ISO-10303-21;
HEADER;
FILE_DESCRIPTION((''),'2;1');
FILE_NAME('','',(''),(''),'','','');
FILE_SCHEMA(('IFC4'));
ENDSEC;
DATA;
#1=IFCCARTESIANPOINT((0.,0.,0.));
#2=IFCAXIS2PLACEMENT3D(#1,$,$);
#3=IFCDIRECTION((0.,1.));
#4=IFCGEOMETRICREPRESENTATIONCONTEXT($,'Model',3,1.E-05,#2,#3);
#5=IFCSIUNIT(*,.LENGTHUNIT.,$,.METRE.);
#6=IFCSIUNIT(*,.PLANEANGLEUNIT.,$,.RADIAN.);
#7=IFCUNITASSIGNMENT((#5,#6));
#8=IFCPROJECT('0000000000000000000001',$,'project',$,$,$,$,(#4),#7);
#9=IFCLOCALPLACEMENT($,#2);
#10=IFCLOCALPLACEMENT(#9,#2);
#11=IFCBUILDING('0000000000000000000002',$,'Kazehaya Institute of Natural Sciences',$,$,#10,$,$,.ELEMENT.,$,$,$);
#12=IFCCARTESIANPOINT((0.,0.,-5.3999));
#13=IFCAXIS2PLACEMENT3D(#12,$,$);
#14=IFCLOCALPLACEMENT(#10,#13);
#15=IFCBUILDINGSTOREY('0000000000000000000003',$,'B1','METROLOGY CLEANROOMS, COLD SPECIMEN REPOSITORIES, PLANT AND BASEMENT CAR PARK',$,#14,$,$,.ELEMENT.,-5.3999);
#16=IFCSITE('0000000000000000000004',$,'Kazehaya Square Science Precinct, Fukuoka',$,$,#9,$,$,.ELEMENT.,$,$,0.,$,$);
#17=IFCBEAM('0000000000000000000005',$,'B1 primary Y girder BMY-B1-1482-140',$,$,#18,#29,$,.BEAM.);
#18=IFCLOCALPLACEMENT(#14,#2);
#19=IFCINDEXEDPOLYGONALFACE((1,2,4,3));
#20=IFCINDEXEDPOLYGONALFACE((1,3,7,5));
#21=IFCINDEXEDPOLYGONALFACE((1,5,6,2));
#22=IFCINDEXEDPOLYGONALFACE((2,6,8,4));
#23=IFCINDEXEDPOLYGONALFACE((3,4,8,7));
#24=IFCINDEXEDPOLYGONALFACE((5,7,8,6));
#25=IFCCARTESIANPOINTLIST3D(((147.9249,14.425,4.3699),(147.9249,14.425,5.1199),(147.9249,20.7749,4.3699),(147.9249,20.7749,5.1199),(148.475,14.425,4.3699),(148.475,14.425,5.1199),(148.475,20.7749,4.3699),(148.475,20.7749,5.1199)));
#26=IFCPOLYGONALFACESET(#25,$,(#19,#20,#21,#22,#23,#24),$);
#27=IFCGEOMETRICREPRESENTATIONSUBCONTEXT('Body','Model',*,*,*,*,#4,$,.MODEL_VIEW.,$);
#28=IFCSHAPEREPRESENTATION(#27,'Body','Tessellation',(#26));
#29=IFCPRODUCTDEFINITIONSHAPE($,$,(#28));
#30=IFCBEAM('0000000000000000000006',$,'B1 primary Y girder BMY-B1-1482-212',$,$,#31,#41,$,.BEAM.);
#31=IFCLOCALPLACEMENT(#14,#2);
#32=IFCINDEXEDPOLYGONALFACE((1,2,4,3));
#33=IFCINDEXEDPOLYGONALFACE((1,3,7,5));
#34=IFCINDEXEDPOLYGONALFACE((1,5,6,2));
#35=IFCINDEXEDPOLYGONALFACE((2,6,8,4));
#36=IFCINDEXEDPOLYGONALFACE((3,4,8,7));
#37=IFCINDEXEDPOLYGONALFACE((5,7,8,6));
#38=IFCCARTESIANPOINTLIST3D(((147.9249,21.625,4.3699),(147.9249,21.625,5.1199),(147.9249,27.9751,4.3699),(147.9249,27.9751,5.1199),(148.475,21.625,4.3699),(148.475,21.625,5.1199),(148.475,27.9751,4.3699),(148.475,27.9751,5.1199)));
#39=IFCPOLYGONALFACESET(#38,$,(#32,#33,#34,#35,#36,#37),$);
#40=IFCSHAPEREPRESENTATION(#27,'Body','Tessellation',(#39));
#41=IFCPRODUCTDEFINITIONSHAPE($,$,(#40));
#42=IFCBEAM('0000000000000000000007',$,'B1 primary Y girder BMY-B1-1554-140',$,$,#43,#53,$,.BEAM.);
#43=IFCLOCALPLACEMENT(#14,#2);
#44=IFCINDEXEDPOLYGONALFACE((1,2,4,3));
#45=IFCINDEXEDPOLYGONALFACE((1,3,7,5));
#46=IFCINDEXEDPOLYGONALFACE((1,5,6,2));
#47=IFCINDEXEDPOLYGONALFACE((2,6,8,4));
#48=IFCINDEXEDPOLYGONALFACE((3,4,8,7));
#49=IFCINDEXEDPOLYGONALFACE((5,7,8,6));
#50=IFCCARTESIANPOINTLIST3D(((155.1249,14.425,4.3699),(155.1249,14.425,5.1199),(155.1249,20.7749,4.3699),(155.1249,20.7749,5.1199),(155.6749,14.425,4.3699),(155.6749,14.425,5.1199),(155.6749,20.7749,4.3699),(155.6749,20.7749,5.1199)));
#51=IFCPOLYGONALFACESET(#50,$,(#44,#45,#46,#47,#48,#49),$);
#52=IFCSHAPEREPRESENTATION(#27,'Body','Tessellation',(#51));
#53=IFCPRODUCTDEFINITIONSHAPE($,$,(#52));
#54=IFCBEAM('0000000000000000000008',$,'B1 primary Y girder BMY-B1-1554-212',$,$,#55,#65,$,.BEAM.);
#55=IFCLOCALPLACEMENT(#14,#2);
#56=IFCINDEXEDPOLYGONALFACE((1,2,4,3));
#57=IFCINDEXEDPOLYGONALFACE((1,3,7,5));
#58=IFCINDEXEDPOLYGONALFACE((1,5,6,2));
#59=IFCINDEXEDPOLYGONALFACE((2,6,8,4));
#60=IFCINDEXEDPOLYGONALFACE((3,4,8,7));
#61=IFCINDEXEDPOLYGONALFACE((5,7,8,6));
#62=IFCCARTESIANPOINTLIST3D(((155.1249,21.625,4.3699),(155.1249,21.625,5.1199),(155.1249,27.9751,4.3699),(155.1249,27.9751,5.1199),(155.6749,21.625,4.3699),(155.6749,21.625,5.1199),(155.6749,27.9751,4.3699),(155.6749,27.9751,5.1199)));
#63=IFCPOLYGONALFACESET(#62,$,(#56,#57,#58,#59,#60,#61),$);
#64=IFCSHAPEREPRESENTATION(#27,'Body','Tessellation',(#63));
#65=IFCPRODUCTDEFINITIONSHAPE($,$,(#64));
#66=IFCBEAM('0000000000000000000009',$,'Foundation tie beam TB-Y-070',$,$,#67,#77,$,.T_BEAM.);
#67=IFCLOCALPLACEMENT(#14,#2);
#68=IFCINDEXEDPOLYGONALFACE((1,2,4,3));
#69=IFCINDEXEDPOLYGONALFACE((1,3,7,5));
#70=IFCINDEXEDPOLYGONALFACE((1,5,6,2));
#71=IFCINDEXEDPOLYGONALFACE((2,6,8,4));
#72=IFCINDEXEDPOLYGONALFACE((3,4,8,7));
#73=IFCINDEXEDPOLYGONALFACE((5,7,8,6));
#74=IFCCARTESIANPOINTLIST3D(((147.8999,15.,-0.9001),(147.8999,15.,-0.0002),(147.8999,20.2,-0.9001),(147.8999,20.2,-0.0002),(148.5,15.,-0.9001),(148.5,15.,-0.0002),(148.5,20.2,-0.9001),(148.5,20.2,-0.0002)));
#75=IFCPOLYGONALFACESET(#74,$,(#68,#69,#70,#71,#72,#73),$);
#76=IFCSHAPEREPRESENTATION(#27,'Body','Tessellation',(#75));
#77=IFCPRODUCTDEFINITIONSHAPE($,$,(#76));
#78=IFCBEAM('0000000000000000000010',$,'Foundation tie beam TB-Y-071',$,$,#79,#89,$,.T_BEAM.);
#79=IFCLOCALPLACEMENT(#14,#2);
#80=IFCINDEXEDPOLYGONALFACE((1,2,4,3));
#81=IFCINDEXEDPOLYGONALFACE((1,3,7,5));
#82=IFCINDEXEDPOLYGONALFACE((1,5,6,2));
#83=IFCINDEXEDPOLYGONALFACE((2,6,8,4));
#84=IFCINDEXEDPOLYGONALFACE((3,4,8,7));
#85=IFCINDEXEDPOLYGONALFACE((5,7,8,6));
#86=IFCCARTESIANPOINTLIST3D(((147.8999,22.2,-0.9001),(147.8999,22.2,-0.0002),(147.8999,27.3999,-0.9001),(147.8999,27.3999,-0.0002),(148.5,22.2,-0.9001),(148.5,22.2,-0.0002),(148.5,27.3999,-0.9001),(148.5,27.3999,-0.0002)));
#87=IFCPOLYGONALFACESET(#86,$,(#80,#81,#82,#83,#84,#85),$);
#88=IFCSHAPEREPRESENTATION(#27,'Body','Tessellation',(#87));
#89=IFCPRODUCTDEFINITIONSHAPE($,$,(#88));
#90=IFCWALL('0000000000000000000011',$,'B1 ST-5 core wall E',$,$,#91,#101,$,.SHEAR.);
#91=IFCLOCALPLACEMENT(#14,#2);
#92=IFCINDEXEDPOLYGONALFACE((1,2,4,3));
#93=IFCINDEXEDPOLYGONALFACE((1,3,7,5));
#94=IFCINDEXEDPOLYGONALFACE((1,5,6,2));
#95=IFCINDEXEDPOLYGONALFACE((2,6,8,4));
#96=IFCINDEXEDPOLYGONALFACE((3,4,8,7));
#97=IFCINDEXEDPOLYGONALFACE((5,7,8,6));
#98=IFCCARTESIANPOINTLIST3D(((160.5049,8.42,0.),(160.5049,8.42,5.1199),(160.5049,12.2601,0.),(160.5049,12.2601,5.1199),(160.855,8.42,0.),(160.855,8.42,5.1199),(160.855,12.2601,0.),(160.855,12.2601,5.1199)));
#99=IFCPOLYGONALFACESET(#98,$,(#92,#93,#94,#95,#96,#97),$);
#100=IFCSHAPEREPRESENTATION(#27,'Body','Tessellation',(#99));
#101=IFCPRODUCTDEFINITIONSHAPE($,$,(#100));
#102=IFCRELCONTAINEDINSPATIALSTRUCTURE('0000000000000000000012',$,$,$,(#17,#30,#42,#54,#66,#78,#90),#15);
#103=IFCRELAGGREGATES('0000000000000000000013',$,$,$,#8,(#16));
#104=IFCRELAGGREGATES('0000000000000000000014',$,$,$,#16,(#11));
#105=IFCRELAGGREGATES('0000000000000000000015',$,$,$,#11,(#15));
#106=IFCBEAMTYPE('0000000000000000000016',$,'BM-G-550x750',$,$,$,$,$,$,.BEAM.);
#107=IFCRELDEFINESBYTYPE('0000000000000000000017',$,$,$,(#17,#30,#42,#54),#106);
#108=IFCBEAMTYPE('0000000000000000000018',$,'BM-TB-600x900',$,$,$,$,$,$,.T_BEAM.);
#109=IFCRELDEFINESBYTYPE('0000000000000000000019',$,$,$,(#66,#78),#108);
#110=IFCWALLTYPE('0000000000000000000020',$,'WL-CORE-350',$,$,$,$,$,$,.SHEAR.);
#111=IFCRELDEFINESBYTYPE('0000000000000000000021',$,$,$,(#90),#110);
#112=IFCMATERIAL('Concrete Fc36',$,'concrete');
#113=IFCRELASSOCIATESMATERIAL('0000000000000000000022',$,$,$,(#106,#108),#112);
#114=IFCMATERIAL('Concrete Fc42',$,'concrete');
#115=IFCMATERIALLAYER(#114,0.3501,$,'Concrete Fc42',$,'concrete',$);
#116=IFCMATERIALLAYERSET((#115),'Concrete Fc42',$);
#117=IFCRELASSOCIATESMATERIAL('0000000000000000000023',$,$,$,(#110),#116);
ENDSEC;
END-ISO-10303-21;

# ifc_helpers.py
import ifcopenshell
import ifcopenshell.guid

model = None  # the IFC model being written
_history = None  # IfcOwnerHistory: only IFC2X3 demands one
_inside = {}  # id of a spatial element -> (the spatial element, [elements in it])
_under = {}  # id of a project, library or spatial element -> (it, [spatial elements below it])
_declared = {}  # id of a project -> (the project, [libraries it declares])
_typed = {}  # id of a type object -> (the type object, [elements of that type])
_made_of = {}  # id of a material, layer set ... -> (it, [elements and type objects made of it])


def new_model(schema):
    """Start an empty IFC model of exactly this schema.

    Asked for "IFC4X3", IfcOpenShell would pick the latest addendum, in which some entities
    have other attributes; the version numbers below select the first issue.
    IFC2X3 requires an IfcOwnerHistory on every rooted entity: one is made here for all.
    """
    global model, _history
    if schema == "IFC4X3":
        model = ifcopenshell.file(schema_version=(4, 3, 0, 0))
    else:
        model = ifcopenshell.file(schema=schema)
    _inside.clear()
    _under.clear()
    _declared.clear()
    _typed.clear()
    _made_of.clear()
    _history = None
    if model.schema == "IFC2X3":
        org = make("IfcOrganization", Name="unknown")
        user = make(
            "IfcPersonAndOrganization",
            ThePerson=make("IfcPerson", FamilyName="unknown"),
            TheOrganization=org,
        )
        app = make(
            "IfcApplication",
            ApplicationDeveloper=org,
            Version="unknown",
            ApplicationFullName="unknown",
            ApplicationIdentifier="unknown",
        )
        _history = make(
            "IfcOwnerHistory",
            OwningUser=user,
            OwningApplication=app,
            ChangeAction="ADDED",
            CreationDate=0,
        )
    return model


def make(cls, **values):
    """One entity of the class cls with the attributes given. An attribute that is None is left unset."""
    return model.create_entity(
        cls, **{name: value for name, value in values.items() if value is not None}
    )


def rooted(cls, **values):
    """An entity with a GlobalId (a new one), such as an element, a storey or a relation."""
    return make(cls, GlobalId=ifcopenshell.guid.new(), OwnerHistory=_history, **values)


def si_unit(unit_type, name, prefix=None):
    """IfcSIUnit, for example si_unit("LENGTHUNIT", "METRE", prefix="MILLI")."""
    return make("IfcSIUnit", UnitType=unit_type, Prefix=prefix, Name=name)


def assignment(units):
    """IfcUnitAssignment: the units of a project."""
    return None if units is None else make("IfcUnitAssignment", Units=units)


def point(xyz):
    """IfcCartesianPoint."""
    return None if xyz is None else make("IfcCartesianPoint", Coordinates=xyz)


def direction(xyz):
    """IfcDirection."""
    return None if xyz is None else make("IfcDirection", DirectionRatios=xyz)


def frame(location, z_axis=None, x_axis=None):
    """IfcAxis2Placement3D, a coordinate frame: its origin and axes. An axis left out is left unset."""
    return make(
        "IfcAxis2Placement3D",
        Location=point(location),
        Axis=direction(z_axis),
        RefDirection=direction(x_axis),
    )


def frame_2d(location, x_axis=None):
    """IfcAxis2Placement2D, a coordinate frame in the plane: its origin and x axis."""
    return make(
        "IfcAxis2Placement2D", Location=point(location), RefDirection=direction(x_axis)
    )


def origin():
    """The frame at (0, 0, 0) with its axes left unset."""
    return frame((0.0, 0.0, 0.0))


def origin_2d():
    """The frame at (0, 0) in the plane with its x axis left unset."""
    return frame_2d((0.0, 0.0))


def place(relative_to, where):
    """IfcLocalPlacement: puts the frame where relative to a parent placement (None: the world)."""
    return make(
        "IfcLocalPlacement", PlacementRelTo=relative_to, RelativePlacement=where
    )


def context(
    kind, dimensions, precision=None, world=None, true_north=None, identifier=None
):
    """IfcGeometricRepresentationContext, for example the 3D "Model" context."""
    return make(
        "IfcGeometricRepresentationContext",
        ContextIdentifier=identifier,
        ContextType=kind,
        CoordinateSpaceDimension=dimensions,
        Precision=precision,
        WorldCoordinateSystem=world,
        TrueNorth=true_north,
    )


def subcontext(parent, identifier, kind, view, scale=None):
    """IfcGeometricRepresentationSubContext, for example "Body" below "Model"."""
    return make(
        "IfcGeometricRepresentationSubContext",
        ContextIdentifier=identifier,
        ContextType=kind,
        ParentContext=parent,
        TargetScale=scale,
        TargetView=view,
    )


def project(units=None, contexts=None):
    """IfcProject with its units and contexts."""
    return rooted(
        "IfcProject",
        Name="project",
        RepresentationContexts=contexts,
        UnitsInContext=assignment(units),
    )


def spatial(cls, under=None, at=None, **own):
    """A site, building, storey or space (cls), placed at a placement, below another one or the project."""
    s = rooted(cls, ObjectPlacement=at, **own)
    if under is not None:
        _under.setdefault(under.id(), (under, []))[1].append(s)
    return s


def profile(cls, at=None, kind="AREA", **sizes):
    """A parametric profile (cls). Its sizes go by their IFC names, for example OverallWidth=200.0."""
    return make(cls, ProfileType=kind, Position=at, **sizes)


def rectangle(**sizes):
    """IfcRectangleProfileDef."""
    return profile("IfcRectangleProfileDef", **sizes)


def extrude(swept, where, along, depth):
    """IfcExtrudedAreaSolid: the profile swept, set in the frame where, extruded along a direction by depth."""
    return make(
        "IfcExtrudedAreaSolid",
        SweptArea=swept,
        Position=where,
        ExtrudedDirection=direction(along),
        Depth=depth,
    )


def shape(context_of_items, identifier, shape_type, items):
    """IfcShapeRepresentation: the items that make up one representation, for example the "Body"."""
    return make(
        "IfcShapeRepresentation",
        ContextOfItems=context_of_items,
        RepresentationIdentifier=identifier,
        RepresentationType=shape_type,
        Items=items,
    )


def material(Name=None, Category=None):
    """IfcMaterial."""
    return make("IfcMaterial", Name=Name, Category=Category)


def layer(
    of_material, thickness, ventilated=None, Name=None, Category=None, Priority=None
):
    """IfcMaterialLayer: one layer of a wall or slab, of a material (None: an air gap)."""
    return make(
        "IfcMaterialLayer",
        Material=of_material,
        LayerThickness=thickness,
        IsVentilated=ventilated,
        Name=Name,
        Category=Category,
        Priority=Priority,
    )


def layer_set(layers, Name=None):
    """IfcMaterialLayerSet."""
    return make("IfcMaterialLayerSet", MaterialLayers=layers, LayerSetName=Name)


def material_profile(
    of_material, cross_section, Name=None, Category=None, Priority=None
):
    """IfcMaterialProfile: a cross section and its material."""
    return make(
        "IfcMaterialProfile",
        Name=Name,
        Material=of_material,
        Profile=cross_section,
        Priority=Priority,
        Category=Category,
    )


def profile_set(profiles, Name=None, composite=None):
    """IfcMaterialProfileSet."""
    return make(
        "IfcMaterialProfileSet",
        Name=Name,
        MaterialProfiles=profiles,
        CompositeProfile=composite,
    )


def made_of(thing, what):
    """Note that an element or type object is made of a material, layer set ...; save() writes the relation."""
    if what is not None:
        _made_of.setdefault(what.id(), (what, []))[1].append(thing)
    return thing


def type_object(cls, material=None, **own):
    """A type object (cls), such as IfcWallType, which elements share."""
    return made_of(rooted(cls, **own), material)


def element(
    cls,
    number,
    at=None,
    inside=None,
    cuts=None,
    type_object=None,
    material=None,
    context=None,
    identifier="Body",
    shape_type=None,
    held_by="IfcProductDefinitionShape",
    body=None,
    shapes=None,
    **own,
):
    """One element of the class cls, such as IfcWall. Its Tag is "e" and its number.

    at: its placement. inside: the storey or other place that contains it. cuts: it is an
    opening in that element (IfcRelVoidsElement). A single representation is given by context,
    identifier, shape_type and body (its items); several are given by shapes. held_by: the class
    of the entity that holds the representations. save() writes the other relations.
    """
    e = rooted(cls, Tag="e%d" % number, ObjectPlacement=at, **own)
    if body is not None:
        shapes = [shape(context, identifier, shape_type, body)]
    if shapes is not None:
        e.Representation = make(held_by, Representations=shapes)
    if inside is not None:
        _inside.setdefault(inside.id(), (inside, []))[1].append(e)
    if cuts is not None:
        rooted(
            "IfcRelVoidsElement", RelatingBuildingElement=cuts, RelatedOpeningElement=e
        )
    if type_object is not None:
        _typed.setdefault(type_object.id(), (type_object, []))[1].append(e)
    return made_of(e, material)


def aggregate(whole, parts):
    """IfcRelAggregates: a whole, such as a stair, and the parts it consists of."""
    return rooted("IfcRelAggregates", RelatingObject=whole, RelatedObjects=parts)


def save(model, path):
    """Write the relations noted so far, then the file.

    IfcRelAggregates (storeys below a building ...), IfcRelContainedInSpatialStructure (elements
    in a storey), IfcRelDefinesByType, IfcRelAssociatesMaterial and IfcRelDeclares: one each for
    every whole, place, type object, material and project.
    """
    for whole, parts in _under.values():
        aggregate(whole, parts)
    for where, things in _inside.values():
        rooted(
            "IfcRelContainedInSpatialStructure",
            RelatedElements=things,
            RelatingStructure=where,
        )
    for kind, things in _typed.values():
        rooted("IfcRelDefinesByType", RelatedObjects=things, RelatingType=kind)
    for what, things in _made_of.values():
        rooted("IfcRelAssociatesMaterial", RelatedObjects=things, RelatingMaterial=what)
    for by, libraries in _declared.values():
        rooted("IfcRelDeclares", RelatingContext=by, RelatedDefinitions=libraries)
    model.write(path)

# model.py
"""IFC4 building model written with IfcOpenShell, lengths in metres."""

from ifc_helpers import new_model, si_unit, direction, frame, frame_2d, origin, origin_2d, place, context, subcontext, project, spatial, rectangle, extrude, material, layer, layer_set, material_profile, profile_set, type_object, element, save


model = new_model("IFC4")

# Units and contexts
model_context = context("Model", 3, precision=1e-05, world=origin(), true_north=direction((0.0, 1.0)))
body_context = subcontext(model_context, "Body", "Model", "MODEL_VIEW")
ifc_project = project(units=[si_unit("LENGTHUNIT", "METRE"), si_unit("PLANEANGLEUNIT", "RADIAN")], contexts=[model_context])

# Site, building, storey
site_placement = place(None, origin())
site = spatial("IfcSite", under=ifc_project, at=site_placement, Name="Kazehaya Square Science Precinct, Fukuoka", CompositionType="ELEMENT", RefElevation=0.0)
building_placement = place(site_placement, origin())
building = spatial("IfcBuilding", under=site, at=building_placement, Name="Kazehaya Institute of Natural Sciences", CompositionType="ELEMENT")
storey_placement = place(building_placement, frame((0.0, 0.0, -5.3999)))
storey = spatial("IfcBuildingStorey", under=building, at=storey_placement, Name="B1", Description="METROLOGY CLEANROOMS, COLD SPECIMEN REPOSITORIES, PLANT AND BASEMENT CAR PARK", CompositionType="ELEMENT", Elevation=-5.3999)

# Shared definitions
ifc_material_1 = material(Name="Concrete Fc36", Category="concrete")

# Shared definitions
ifc_material_2 = material(Name="Concrete Fc42", Category="concrete")

# Beams
ifc_material_profile_1 = material_profile(ifc_material_1, rectangle(XDim=0.55, YDim=0.75, at=origin_2d()), Name="RC-550x750")
ifc_profile_set_1 = profile_set([ifc_material_profile_1], Name="Concrete Fc36")
beam_type_1 = type_object("IfcBeamType", Name="BM-G-550x750", PredefinedType="BEAM", material=ifc_profile_set_1)
beam_1_placement = place(storey_placement, frame((148.2, 14.425, 4.7449), z_axis=(0.0, 1.0, 0.0), x_axis=(-1.0, 0.0, 0.0)))
element("IfcBeam", 1, at=beam_1_placement, inside=storey, type_object=beam_type_1, Name="B1 primary Y girder BMY-B1-1482-140", PredefinedType="BEAM", context=body_context, shape_type="SweptSolid", body=[
    extrude(rectangle(XDim=0.55, YDim=0.75, at=origin_2d()), origin(), (0.0, 0.0, 1.0), 6.3499),
])
beam_2_placement = place(storey_placement, frame((148.2, 21.625, 4.7449), z_axis=(0.0, 1.0, 0.0), x_axis=(-1.0, 0.0, 0.0)))
element("IfcBeam", 2, at=beam_2_placement, inside=storey, type_object=beam_type_1, Name="B1 primary Y girder BMY-B1-1482-212", PredefinedType="BEAM", context=body_context, shape_type="SweptSolid", body=[
    extrude(rectangle(XDim=0.55, YDim=0.75, at=origin_2d()), origin(), (0.0, 0.0, 1.0), 6.3501),
])
beam_3_placement = place(storey_placement, frame((155.3999, 14.425, 4.7449), z_axis=(0.0, 1.0, 0.0), x_axis=(-1.0, 0.0, 0.0)))
element("IfcBeam", 3, at=beam_3_placement, inside=storey, type_object=beam_type_1, Name="B1 primary Y girder BMY-B1-1554-140", PredefinedType="BEAM", context=body_context, shape_type="SweptSolid", body=[
    extrude(rectangle(XDim=0.55, YDim=0.75, at=origin_2d()), origin(), (0.0, 0.0, 1.0), 6.3499),
])
beam_4_placement = place(storey_placement, frame((155.3999, 21.625, 4.7449), z_axis=(0.0, 1.0, 0.0), x_axis=(-1.0, 0.0, 0.0)))
element("IfcBeam", 4, at=beam_4_placement, inside=storey, type_object=beam_type_1, Name="B1 primary Y girder BMY-B1-1554-212", PredefinedType="BEAM", context=body_context, shape_type="SweptSolid", body=[
    extrude(rectangle(XDim=0.55, YDim=0.75, at=origin_2d()), origin(), (0.0, 0.0, 1.0), 6.3501),
])
ifc_material_profile_2 = material_profile(ifc_material_1, rectangle(XDim=0.6001, YDim=0.8999, at=origin_2d()), Name="RC-600x900")
ifc_profile_set_2 = profile_set([ifc_material_profile_2], Name="Concrete Fc36")
beam_type_2 = type_object("IfcBeamType", Name="BM-TB-600x900", PredefinedType="T_BEAM", material=ifc_profile_set_2)
for number, where, z_axis, x_axis, name in (
    (5, (148.2, 15.0, -0.4502), (0.0, 1.0, 0.0), (-1.0, 0.0, 0.0), "Foundation tie beam TB-Y-070"),
    (6, (148.2, 22.2, -0.4502), (0.0, 1.0, 0.0), (-1.0, 0.0, 0.0), "Foundation tie beam TB-Y-071"),
):
    element("IfcBeam", number, at=place(storey_placement, frame(where, z_axis=z_axis, x_axis=x_axis)), inside=storey, type_object=beam_type_2, Name=name, PredefinedType="T_BEAM", context=body_context, shape_type="SweptSolid", body=[
        extrude(rectangle(XDim=0.6001, YDim=0.8999, at=origin_2d()), origin(), (0.0, 0.0, 1.0), 5.2),
    ])

# Wall
ifc_layer = layer(ifc_material_2, 0.3501, Name="Concrete Fc42", Category="concrete")
ifc_layer_set = layer_set([ifc_layer], Name="Concrete Fc42")
wall_type = type_object("IfcWallType", Name="WL-CORE-350", PredefinedType="SHEAR", material=ifc_layer_set)
wall_placement = place(storey_placement, frame((160.6799, 12.26, 0.0), z_axis=(0.0, 0.0, 1.0), x_axis=(0.0, -1.0, 0.0)))
element("IfcWall", 7, at=wall_placement, inside=storey, type_object=wall_type, Name="B1 ST-5 core wall E", PredefinedType="SHEAR", context=body_context, shape_type="SweptSolid", body=[
    extrude(rectangle(XDim=3.8401, YDim=0.3501, at=frame_2d((1.9199, 0.0))), origin(), (0.0, 0.0, 1.0), 5.1199),
])

save(model, "model.ifc")
